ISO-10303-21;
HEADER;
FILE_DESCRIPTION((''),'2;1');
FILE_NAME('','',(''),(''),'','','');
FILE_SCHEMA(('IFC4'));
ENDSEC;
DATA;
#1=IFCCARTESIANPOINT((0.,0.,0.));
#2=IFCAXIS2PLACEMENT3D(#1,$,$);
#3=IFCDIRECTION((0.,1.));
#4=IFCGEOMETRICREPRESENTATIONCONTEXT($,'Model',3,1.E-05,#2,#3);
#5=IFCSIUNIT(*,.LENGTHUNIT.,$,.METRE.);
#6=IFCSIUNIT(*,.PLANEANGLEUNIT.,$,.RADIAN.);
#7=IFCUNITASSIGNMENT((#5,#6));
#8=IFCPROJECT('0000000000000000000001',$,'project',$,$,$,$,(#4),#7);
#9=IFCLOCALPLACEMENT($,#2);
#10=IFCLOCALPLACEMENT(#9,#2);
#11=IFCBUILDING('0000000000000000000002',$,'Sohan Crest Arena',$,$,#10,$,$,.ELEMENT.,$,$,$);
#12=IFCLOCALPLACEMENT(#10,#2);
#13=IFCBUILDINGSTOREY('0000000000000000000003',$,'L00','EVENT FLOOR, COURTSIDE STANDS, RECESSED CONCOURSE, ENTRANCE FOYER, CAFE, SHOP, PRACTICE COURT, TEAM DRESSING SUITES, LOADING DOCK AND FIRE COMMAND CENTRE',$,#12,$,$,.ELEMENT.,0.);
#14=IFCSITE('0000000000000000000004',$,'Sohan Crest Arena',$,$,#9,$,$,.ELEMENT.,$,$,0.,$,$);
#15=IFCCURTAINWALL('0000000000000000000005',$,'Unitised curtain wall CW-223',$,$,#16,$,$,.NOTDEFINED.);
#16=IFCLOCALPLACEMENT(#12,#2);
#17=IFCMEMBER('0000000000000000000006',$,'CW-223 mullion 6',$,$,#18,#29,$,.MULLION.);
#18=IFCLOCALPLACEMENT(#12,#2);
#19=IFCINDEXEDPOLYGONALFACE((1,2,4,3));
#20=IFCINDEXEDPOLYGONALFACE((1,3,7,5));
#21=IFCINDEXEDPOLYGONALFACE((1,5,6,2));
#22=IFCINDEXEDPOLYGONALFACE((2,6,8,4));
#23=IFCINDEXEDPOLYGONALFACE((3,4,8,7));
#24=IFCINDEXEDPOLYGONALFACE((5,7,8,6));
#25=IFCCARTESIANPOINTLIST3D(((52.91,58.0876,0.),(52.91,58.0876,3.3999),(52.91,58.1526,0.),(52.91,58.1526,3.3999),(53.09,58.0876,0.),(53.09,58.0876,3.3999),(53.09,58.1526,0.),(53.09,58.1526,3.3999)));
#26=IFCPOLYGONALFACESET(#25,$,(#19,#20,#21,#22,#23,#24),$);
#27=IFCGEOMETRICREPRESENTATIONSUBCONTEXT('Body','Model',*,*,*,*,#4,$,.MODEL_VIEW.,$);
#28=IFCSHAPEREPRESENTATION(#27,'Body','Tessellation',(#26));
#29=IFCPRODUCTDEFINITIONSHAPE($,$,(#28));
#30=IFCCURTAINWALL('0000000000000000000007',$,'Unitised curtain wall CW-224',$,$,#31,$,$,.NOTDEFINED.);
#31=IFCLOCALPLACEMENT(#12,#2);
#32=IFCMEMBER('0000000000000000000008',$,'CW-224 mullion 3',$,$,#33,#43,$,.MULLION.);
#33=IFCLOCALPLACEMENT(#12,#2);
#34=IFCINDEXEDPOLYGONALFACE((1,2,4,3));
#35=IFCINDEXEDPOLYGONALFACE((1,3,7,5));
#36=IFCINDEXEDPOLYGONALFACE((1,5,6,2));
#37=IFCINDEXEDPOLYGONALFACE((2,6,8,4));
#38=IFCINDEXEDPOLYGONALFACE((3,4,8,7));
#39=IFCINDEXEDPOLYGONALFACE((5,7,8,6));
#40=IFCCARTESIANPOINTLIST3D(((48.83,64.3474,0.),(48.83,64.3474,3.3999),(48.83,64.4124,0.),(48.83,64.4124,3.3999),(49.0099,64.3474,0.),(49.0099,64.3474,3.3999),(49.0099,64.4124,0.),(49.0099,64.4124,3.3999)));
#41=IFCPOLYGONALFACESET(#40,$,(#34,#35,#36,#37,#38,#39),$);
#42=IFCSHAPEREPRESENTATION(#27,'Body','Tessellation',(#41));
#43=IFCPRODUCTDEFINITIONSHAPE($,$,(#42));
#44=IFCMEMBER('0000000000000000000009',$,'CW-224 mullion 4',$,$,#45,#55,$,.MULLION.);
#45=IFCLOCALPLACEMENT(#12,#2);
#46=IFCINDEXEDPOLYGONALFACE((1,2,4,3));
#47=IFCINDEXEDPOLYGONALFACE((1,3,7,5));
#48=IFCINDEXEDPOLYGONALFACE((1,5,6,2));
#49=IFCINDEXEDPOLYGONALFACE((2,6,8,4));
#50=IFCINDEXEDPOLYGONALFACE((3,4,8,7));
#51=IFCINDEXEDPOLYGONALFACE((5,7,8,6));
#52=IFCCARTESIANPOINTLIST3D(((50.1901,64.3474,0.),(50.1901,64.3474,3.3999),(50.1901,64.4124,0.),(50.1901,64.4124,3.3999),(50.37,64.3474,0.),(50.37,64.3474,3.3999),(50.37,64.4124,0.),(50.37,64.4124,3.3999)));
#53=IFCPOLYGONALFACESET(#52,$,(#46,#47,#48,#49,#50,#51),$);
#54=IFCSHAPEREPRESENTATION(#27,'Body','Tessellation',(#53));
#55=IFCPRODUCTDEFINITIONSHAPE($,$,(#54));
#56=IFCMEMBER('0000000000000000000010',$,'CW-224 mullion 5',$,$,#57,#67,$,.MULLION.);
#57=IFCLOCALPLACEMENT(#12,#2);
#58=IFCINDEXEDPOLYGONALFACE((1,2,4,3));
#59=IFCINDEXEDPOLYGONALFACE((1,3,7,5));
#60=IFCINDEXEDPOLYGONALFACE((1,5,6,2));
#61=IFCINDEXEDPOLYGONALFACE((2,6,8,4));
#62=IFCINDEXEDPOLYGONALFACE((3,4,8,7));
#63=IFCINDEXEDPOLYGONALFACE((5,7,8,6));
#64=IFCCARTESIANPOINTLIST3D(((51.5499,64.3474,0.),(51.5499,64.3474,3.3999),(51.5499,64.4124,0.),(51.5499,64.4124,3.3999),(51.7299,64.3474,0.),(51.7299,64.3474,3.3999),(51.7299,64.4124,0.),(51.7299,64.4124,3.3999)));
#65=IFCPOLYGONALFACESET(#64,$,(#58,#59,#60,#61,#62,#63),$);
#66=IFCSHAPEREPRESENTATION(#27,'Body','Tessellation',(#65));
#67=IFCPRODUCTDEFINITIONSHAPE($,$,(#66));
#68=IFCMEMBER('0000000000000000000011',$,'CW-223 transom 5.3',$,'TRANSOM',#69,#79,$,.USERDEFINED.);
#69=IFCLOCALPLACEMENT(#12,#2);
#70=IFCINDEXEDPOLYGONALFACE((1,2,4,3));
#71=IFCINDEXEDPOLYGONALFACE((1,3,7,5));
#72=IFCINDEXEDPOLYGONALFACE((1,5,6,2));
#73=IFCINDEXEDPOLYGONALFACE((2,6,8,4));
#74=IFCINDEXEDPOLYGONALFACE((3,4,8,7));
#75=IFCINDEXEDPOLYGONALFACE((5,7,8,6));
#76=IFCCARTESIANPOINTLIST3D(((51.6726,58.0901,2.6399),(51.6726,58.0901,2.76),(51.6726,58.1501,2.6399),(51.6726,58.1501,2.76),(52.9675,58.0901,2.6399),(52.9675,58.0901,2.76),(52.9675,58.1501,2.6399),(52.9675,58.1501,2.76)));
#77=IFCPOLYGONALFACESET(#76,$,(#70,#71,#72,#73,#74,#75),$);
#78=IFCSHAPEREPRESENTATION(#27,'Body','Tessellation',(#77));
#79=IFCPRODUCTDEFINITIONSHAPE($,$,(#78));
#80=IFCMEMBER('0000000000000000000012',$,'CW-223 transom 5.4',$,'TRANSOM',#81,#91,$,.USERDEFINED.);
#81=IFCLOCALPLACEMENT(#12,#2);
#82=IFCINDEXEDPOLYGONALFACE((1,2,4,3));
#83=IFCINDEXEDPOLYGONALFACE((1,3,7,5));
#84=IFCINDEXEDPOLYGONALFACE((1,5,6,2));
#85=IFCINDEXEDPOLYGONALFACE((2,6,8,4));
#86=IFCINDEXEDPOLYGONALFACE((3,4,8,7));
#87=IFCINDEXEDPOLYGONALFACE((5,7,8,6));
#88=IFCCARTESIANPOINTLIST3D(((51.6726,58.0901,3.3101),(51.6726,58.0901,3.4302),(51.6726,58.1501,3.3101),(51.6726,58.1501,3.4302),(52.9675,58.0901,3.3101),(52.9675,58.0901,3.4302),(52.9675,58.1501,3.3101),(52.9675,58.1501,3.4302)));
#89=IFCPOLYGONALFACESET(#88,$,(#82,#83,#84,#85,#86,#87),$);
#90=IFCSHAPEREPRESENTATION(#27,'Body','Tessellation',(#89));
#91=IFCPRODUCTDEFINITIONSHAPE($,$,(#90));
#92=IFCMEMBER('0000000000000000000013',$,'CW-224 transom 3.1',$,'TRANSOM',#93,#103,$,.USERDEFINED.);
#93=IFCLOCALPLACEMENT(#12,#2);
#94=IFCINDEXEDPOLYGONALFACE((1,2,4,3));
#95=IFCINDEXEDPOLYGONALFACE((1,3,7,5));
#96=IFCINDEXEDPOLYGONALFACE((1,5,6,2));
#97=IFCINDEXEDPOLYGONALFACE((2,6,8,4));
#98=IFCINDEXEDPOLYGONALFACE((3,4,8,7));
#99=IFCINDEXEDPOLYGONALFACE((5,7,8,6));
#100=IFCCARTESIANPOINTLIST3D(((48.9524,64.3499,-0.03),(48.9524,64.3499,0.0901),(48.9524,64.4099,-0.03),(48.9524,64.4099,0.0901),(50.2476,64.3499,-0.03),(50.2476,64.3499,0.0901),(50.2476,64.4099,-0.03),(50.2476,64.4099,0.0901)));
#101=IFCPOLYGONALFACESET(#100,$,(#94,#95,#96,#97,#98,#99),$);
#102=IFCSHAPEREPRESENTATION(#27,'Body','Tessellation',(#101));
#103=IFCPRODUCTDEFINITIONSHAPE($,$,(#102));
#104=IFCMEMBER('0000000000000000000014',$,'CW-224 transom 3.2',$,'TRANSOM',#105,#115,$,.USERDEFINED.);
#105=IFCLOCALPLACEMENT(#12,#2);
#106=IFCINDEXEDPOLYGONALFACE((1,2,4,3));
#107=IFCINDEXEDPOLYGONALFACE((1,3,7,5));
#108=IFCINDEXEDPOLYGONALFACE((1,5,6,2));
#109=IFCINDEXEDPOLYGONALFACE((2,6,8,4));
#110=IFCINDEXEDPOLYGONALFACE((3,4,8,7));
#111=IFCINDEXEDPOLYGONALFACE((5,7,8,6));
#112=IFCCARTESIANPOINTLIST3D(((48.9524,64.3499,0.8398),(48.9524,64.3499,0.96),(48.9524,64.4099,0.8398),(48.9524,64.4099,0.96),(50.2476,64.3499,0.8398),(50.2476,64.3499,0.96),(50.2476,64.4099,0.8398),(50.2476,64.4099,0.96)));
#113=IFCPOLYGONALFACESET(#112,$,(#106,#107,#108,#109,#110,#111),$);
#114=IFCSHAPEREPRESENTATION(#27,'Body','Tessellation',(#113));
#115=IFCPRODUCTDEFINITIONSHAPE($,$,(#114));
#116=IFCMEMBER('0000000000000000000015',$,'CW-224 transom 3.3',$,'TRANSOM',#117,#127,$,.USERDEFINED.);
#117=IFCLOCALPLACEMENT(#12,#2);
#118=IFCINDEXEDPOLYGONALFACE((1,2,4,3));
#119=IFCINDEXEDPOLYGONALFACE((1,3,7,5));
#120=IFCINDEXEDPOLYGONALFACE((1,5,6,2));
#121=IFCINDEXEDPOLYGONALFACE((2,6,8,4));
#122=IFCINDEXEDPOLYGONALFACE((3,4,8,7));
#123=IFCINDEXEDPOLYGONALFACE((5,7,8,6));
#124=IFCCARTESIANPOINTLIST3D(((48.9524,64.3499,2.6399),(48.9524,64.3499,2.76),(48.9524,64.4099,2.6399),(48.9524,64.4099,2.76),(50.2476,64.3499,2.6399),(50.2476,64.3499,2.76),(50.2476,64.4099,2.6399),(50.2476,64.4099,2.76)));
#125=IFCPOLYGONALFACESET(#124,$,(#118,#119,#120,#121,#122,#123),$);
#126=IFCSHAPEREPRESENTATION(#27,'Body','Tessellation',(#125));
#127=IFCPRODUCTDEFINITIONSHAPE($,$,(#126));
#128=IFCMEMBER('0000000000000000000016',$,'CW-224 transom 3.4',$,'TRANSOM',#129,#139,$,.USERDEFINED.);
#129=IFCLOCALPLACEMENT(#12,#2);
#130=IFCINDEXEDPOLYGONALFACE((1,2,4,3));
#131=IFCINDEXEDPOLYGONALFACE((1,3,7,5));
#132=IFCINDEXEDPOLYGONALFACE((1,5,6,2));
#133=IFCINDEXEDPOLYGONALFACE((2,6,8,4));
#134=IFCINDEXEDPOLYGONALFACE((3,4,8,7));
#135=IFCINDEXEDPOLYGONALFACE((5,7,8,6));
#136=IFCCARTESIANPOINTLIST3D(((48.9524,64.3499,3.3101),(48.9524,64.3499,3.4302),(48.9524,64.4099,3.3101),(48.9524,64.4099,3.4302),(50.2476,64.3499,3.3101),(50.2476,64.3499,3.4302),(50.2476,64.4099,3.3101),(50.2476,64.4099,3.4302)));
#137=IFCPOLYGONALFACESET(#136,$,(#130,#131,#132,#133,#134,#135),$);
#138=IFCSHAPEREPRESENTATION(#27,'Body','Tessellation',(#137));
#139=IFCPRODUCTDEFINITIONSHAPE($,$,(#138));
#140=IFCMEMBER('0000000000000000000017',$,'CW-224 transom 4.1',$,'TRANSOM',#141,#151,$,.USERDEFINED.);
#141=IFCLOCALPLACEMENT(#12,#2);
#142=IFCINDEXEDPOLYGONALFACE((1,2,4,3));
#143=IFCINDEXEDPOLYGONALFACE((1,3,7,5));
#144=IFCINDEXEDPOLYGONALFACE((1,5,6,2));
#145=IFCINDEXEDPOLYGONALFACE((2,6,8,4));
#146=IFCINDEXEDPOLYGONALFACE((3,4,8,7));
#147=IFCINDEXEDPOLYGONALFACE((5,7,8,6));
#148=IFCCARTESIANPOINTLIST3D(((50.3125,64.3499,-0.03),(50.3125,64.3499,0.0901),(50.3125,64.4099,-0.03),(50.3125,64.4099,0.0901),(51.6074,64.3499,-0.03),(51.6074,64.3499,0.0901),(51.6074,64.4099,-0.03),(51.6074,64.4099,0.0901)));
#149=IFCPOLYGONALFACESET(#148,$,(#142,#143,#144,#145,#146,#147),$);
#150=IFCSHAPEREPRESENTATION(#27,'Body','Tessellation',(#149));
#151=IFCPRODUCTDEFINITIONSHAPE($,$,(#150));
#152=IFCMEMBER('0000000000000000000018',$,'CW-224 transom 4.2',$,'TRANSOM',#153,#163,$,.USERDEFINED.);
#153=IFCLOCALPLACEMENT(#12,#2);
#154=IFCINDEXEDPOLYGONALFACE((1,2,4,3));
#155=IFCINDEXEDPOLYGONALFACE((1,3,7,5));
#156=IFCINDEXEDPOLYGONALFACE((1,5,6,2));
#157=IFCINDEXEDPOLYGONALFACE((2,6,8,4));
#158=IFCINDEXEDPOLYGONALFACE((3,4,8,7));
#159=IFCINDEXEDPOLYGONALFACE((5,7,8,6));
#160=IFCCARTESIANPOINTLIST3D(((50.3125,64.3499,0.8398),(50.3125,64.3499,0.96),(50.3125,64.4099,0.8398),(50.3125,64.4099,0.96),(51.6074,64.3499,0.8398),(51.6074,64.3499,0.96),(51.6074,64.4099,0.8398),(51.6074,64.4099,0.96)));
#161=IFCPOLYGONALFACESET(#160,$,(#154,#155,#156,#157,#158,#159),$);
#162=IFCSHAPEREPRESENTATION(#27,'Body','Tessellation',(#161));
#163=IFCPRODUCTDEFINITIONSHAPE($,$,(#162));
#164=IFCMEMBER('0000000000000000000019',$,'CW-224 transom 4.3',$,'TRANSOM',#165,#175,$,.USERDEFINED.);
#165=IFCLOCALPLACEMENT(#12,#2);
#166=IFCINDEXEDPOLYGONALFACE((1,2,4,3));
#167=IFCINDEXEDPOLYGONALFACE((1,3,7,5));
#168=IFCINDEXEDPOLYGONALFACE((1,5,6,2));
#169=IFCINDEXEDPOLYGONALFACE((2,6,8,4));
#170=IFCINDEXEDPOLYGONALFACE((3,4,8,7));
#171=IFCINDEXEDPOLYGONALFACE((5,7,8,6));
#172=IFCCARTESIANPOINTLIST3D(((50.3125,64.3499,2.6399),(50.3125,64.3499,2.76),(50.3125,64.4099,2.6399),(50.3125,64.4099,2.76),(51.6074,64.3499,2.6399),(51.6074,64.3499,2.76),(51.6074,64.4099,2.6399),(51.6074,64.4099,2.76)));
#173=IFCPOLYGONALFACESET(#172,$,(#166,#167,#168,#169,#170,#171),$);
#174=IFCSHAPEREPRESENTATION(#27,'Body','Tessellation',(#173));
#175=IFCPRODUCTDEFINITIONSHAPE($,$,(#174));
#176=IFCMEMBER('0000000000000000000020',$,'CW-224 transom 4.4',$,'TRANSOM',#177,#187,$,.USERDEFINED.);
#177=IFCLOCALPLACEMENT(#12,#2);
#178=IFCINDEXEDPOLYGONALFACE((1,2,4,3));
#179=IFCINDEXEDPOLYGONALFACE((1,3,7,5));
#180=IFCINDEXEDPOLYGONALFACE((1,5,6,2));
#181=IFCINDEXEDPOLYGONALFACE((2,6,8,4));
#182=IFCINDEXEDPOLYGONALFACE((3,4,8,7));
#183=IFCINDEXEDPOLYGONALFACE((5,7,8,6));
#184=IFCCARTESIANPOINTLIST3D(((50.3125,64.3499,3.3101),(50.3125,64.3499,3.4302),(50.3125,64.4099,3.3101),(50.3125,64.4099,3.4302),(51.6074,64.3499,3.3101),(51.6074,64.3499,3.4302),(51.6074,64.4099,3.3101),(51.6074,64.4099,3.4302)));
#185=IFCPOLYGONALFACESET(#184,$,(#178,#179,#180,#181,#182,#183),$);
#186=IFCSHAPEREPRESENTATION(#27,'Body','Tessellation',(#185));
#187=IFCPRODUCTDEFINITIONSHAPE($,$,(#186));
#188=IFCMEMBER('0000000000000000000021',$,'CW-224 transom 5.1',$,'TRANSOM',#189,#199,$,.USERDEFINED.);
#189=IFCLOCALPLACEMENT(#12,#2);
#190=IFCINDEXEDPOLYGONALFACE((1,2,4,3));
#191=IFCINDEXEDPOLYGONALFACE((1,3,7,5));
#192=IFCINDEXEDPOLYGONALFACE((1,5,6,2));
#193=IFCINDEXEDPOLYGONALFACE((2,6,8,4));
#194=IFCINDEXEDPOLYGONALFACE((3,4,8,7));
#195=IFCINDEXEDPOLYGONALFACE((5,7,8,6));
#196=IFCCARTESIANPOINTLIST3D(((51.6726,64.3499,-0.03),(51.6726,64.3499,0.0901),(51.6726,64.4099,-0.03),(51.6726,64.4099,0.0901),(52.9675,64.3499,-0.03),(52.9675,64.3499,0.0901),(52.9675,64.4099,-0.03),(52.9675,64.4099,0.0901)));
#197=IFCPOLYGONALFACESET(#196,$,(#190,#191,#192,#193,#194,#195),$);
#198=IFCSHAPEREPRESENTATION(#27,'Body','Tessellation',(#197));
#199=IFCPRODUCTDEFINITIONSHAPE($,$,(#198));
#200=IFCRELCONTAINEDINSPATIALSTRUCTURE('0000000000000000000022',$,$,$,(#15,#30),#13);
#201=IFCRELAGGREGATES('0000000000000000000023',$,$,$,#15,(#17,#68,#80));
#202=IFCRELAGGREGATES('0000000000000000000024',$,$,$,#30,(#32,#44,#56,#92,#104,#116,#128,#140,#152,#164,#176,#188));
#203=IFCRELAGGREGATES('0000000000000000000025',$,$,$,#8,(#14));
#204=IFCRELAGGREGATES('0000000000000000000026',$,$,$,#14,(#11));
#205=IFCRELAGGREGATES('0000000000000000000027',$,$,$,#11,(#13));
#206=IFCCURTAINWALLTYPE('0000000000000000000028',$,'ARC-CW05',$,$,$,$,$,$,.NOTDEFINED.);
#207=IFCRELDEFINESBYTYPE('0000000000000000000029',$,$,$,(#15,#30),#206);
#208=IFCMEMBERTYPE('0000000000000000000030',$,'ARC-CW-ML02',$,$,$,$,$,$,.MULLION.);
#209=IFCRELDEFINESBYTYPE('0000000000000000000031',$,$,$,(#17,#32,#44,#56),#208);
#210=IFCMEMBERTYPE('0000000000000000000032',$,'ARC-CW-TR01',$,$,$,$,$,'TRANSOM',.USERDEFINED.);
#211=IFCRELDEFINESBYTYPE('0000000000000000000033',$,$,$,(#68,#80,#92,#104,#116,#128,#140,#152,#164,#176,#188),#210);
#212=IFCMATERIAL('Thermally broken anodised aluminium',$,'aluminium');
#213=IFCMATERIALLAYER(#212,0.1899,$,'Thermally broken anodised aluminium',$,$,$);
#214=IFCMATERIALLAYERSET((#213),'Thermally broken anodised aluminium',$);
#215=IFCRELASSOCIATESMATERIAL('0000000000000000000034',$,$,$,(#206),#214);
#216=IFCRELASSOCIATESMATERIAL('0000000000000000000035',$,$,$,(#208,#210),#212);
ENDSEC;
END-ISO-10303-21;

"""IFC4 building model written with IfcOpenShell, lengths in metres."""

from ifc_helpers import new_model, si_unit, direction, frame, origin, origin_2d, place, context, subcontext, project, spatial, rectangle, extrude, material, layer, layer_set, material_profile, profile_set, type_object, element, aggregate, save


model = new_model("IFC4")

# Units and contexts
model_context = context("Model", 3, precision=1e-05, world=origin(), true_north=direction((0.0, 1.0)))
body_context = subcontext(model_context, "Body", "Model", "MODEL_VIEW")
ifc_project = project(units=[si_unit("LENGTHUNIT", "METRE"), si_unit("PLANEANGLEUNIT", "RADIAN")], contexts=[model_context])

# Site, building, storey
site_placement = place(None, origin())
site = spatial("IfcSite", under=ifc_project, at=site_placement, Name="Sohan Crest Arena", CompositionType="ELEMENT", RefElevation=0.0)
building_placement = place(site_placement, origin())
building = spatial("IfcBuilding", under=site, at=building_placement, Name="Sohan Crest Arena", CompositionType="ELEMENT")
storey_placement = place(building_placement, origin())
storey = spatial("IfcBuildingStorey", under=building, at=storey_placement, Name="L00", Description="EVENT FLOOR, COURTSIDE STANDS, RECESSED CONCOURSE, ENTRANCE FOYER, CAFE, SHOP, PRACTICE COURT, TEAM DRESSING SUITES, LOADING DOCK AND FIRE COMMAND CENTRE", CompositionType="ELEMENT", Elevation=0.0)

# Curtain wall, member
ifc_material_1 = material(Name="Thermally broken anodised aluminium", Category="aluminium")
ifc_layer_1 = layer(ifc_material_1, 0.1899, Name="Thermally broken anodised aluminium")
ifc_layer_set_1 = layer_set([ifc_layer_1], Name="Thermally broken anodised aluminium")
curtain_wall_type = type_object("IfcCurtainWallType", Name="ARC-CW05", PredefinedType="NOTDEFINED", material=ifc_layer_set_1)
curtain_wall_1_placement = place(storey_placement, origin())
curtain_wall_1 = element("IfcCurtainWall", 1, at=curtain_wall_1_placement, inside=storey, type_object=curtain_wall_type, Name="Unitised curtain wall CW-223", PredefinedType="NOTDEFINED")
ifc_material_profile_1 = material_profile(ifc_material_1, rectangle(XDim=0.0649, YDim=0.1799, at=origin_2d()), Name="ALU-MULL 65x180")
ifc_profile_set_1 = profile_set([ifc_material_profile_1], Name="Thermally broken anodised aluminium")
member_type_1 = type_object("IfcMemberType", Name="ARC-CW-ML02", PredefinedType="MULLION", material=ifc_profile_set_1)
member_1_placement = place(storey_placement, frame((53.0, 58.1201, 0.0), z_axis=(0.0, 0.0, 1.0), x_axis=(0.0, 1.0, 0.0)))
member_1 = element("IfcMember", 2, at=member_1_placement, type_object=member_type_1, Name="CW-223 mullion 6", PredefinedType="MULLION", context=body_context, shape_type="SweptSolid", body=[
    extrude(rectangle(XDim=0.0649, YDim=0.1799, at=origin_2d()), origin(), (0.0, 0.0, 1.0), 3.3999),
])

# Curtain wall, members
curtain_wall_2_placement = place(storey_placement, origin())
curtain_wall_2 = element("IfcCurtainWall", 3, at=curtain_wall_2_placement, inside=storey, type_object=curtain_wall_type, Name="Unitised curtain wall CW-224", PredefinedType="NOTDEFINED")
member_2_placement = place(storey_placement, frame((48.9199, 64.3799, 0.0), z_axis=(0.0, 0.0, 1.0), x_axis=(0.0, 1.0, 0.0)))
member_2 = element("IfcMember", 4, at=member_2_placement, type_object=member_type_1, Name="CW-224 mullion 3", PredefinedType="MULLION", context=body_context, shape_type="SweptSolid", body=[
    extrude(rectangle(XDim=0.0649, YDim=0.1799, at=origin_2d()), origin(), (0.0, 0.0, 1.0), 3.3999),
])
member_3_placement = place(storey_placement, frame((50.28, 64.3799, 0.0), z_axis=(0.0, 0.0, 1.0), x_axis=(0.0, 1.0, 0.0)))
member_3 = element("IfcMember", 5, at=member_3_placement, type_object=member_type_1, Name="CW-224 mullion 4", PredefinedType="MULLION", context=body_context, shape_type="SweptSolid", body=[
    extrude(rectangle(XDim=0.0649, YDim=0.1799, at=origin_2d()), origin(), (0.0, 0.0, 1.0), 3.3999),
])
member_4_placement = place(storey_placement, frame((51.6399, 64.3799, 0.0), z_axis=(0.0, 0.0, 1.0), x_axis=(0.0, 1.0, 0.0)))
member_4 = element("IfcMember", 6, at=member_4_placement, type_object=member_type_1, Name="CW-224 mullion 5", PredefinedType="MULLION", context=body_context, shape_type="SweptSolid", body=[
    extrude(rectangle(XDim=0.0649, YDim=0.1799, at=origin_2d()), origin(), (0.0, 0.0, 1.0), 3.3999),
])

# Members
ifc_material_profile_2 = material_profile(ifc_material_1, rectangle(XDim=0.0601, YDim=0.1201, at=origin_2d()), Name="ALU-TRAN 60x120")
ifc_profile_set_2 = profile_set([ifc_material_profile_2], Name="Thermally broken anodised aluminium")
member_type_2 = type_object("IfcMemberType", Name="ARC-CW-TR01", ElementType="TRANSOM", PredefinedType="USERDEFINED", material=ifc_profile_set_2)
member_5_placement = place(storey_placement, frame((51.6726, 58.1201, 2.7), z_axis=(1.0, 0.0, 0.0), x_axis=(0.0, 1.0, 0.0)))
member_5 = element("IfcMember", 7, at=member_5_placement, type_object=member_type_2, Name="CW-223 transom 5.3", ObjectType="TRANSOM", PredefinedType="USERDEFINED", context=body_context, shape_type="SweptSolid", body=[
    extrude(rectangle(XDim=0.0601, YDim=0.1201, at=origin_2d()), origin(), (0.0, 0.0, 1.0), 1.2949),
])
member_6_placement = place(storey_placement, frame((51.6726, 58.1201, 3.3701), z_axis=(1.0, 0.0, 0.0), x_axis=(0.0, 1.0, 0.0)))
member_6 = element("IfcMember", 8, at=member_6_placement, type_object=member_type_2, Name="CW-223 transom 5.4", ObjectType="TRANSOM", PredefinedType="USERDEFINED", context=body_context, shape_type="SweptSolid", body=[
    extrude(rectangle(XDim=0.0601, YDim=0.1201, at=origin_2d()), origin(), (0.0, 0.0, 1.0), 1.2949),
])
member_7_placement = place(storey_placement, frame((48.9524, 64.3799, 0.03), z_axis=(1.0, 0.0, 0.0), x_axis=(0.0, 1.0, 0.0)))
member_7 = element("IfcMember", 9, at=member_7_placement, type_object=member_type_2, Name="CW-224 transom 3.1", ObjectType="TRANSOM", PredefinedType="USERDEFINED", context=body_context, shape_type="SweptSolid", body=[
    extrude(rectangle(XDim=0.0601, YDim=0.1201, at=origin_2d()), origin(), (0.0, 0.0, 1.0), 1.2952),
])
member_8_placement = place(storey_placement, frame((48.9524, 64.3799, 0.8999), z_axis=(1.0, 0.0, 0.0), x_axis=(0.0, 1.0, 0.0)))
member_8 = element("IfcMember", 10, at=member_8_placement, type_object=member_type_2, Name="CW-224 transom 3.2", ObjectType="TRANSOM", PredefinedType="USERDEFINED", context=body_context, shape_type="SweptSolid", body=[
    extrude(rectangle(XDim=0.0601, YDim=0.1201, at=origin_2d()), origin(), (0.0, 0.0, 1.0), 1.2952),
])
member_9_placement = place(storey_placement, frame((48.9524, 64.3799, 2.7), z_axis=(1.0, 0.0, 0.0), x_axis=(0.0, 1.0, 0.0)))
member_9 = element("IfcMember", 11, at=member_9_placement, type_object=member_type_2, Name="CW-224 transom 3.3", ObjectType="TRANSOM", PredefinedType="USERDEFINED", context=body_context, shape_type="SweptSolid", body=[
    extrude(rectangle(XDim=0.0601, YDim=0.1201, at=origin_2d()), origin(), (0.0, 0.0, 1.0), 1.2952),
])
member_10_placement = place(storey_placement, frame((48.9524, 64.3799, 3.3701), z_axis=(1.0, 0.0, 0.0), x_axis=(0.0, 1.0, 0.0)))
member_10 = element("IfcMember", 12, at=member_10_placement, type_object=member_type_2, Name="CW-224 transom 3.4", ObjectType="TRANSOM", PredefinedType="USERDEFINED", context=body_context, shape_type="SweptSolid", body=[
    extrude(rectangle(XDim=0.0601, YDim=0.1201, at=origin_2d()), origin(), (0.0, 0.0, 1.0), 1.2952),
])
member_11_placement = place(storey_placement, frame((50.3125, 64.3799, 0.03), z_axis=(1.0, 0.0, 0.0), x_axis=(0.0, 1.0, 0.0)))
member_11 = element("IfcMember", 13, at=member_11_placement, type_object=member_type_2, Name="CW-224 transom 4.1", ObjectType="TRANSOM", PredefinedType="USERDEFINED", context=body_context, shape_type="SweptSolid", body=[
    extrude(rectangle(XDim=0.0601, YDim=0.1201, at=origin_2d()), origin(), (0.0, 0.0, 1.0), 1.2949),
])
member_12_placement = place(storey_placement, frame((50.3125, 64.3799, 0.8999), z_axis=(1.0, 0.0, 0.0), x_axis=(0.0, 1.0, 0.0)))
member_12 = element("IfcMember", 14, at=member_12_placement, type_object=member_type_2, Name="CW-224 transom 4.2", ObjectType="TRANSOM", PredefinedType="USERDEFINED", context=body_context, shape_type="SweptSolid", body=[
    extrude(rectangle(XDim=0.0601, YDim=0.1201, at=origin_2d()), origin(), (0.0, 0.0, 1.0), 1.2949),
])
member_13_placement = place(storey_placement, frame((50.3125, 64.3799, 2.7), z_axis=(1.0, 0.0, 0.0), x_axis=(0.0, 1.0, 0.0)))
member_13 = element("IfcMember", 15, at=member_13_placement, type_object=member_type_2, Name="CW-224 transom 4.3", ObjectType="TRANSOM", PredefinedType="USERDEFINED", context=body_context, shape_type="SweptSolid", body=[
    extrude(rectangle(XDim=0.0601, YDim=0.1201, at=origin_2d()), origin(), (0.0, 0.0, 1.0), 1.2949),
])
member_14_placement = place(storey_placement, frame((50.3125, 64.3799, 3.3701), z_axis=(1.0, 0.0, 0.0), x_axis=(0.0, 1.0, 0.0)))
member_14 = element("IfcMember", 16, at=member_14_placement, type_object=member_type_2, Name="CW-224 transom 4.4", ObjectType="TRANSOM", PredefinedType="USERDEFINED", context=body_context, shape_type="SweptSolid", body=[
    extrude(rectangle(XDim=0.0601, YDim=0.1201, at=origin_2d()), origin(), (0.0, 0.0, 1.0), 1.2949),
])
member_15_placement = place(storey_placement, frame((51.6726, 64.3799, 0.03), z_axis=(1.0, 0.0, 0.0), x_axis=(0.0, 1.0, 0.0)))
member_15 = element("IfcMember", 17, at=member_15_placement, type_object=member_type_2, Name="CW-224 transom 5.1", ObjectType="TRANSOM", PredefinedType="USERDEFINED", context=body_context, shape_type="SweptSolid", body=[
    extrude(rectangle(XDim=0.0601, YDim=0.1201, at=origin_2d()), origin(), (0.0, 0.0, 1.0), 1.2949),
])

aggregate(curtain_wall_1, [member_1, member_5, member_6])
aggregate(curtain_wall_2, [member_2, member_3, member_4, member_7, member_8, member_9, member_10, member_11, member_12, member_13, member_14, member_15])

save(model, "model.ifc")
